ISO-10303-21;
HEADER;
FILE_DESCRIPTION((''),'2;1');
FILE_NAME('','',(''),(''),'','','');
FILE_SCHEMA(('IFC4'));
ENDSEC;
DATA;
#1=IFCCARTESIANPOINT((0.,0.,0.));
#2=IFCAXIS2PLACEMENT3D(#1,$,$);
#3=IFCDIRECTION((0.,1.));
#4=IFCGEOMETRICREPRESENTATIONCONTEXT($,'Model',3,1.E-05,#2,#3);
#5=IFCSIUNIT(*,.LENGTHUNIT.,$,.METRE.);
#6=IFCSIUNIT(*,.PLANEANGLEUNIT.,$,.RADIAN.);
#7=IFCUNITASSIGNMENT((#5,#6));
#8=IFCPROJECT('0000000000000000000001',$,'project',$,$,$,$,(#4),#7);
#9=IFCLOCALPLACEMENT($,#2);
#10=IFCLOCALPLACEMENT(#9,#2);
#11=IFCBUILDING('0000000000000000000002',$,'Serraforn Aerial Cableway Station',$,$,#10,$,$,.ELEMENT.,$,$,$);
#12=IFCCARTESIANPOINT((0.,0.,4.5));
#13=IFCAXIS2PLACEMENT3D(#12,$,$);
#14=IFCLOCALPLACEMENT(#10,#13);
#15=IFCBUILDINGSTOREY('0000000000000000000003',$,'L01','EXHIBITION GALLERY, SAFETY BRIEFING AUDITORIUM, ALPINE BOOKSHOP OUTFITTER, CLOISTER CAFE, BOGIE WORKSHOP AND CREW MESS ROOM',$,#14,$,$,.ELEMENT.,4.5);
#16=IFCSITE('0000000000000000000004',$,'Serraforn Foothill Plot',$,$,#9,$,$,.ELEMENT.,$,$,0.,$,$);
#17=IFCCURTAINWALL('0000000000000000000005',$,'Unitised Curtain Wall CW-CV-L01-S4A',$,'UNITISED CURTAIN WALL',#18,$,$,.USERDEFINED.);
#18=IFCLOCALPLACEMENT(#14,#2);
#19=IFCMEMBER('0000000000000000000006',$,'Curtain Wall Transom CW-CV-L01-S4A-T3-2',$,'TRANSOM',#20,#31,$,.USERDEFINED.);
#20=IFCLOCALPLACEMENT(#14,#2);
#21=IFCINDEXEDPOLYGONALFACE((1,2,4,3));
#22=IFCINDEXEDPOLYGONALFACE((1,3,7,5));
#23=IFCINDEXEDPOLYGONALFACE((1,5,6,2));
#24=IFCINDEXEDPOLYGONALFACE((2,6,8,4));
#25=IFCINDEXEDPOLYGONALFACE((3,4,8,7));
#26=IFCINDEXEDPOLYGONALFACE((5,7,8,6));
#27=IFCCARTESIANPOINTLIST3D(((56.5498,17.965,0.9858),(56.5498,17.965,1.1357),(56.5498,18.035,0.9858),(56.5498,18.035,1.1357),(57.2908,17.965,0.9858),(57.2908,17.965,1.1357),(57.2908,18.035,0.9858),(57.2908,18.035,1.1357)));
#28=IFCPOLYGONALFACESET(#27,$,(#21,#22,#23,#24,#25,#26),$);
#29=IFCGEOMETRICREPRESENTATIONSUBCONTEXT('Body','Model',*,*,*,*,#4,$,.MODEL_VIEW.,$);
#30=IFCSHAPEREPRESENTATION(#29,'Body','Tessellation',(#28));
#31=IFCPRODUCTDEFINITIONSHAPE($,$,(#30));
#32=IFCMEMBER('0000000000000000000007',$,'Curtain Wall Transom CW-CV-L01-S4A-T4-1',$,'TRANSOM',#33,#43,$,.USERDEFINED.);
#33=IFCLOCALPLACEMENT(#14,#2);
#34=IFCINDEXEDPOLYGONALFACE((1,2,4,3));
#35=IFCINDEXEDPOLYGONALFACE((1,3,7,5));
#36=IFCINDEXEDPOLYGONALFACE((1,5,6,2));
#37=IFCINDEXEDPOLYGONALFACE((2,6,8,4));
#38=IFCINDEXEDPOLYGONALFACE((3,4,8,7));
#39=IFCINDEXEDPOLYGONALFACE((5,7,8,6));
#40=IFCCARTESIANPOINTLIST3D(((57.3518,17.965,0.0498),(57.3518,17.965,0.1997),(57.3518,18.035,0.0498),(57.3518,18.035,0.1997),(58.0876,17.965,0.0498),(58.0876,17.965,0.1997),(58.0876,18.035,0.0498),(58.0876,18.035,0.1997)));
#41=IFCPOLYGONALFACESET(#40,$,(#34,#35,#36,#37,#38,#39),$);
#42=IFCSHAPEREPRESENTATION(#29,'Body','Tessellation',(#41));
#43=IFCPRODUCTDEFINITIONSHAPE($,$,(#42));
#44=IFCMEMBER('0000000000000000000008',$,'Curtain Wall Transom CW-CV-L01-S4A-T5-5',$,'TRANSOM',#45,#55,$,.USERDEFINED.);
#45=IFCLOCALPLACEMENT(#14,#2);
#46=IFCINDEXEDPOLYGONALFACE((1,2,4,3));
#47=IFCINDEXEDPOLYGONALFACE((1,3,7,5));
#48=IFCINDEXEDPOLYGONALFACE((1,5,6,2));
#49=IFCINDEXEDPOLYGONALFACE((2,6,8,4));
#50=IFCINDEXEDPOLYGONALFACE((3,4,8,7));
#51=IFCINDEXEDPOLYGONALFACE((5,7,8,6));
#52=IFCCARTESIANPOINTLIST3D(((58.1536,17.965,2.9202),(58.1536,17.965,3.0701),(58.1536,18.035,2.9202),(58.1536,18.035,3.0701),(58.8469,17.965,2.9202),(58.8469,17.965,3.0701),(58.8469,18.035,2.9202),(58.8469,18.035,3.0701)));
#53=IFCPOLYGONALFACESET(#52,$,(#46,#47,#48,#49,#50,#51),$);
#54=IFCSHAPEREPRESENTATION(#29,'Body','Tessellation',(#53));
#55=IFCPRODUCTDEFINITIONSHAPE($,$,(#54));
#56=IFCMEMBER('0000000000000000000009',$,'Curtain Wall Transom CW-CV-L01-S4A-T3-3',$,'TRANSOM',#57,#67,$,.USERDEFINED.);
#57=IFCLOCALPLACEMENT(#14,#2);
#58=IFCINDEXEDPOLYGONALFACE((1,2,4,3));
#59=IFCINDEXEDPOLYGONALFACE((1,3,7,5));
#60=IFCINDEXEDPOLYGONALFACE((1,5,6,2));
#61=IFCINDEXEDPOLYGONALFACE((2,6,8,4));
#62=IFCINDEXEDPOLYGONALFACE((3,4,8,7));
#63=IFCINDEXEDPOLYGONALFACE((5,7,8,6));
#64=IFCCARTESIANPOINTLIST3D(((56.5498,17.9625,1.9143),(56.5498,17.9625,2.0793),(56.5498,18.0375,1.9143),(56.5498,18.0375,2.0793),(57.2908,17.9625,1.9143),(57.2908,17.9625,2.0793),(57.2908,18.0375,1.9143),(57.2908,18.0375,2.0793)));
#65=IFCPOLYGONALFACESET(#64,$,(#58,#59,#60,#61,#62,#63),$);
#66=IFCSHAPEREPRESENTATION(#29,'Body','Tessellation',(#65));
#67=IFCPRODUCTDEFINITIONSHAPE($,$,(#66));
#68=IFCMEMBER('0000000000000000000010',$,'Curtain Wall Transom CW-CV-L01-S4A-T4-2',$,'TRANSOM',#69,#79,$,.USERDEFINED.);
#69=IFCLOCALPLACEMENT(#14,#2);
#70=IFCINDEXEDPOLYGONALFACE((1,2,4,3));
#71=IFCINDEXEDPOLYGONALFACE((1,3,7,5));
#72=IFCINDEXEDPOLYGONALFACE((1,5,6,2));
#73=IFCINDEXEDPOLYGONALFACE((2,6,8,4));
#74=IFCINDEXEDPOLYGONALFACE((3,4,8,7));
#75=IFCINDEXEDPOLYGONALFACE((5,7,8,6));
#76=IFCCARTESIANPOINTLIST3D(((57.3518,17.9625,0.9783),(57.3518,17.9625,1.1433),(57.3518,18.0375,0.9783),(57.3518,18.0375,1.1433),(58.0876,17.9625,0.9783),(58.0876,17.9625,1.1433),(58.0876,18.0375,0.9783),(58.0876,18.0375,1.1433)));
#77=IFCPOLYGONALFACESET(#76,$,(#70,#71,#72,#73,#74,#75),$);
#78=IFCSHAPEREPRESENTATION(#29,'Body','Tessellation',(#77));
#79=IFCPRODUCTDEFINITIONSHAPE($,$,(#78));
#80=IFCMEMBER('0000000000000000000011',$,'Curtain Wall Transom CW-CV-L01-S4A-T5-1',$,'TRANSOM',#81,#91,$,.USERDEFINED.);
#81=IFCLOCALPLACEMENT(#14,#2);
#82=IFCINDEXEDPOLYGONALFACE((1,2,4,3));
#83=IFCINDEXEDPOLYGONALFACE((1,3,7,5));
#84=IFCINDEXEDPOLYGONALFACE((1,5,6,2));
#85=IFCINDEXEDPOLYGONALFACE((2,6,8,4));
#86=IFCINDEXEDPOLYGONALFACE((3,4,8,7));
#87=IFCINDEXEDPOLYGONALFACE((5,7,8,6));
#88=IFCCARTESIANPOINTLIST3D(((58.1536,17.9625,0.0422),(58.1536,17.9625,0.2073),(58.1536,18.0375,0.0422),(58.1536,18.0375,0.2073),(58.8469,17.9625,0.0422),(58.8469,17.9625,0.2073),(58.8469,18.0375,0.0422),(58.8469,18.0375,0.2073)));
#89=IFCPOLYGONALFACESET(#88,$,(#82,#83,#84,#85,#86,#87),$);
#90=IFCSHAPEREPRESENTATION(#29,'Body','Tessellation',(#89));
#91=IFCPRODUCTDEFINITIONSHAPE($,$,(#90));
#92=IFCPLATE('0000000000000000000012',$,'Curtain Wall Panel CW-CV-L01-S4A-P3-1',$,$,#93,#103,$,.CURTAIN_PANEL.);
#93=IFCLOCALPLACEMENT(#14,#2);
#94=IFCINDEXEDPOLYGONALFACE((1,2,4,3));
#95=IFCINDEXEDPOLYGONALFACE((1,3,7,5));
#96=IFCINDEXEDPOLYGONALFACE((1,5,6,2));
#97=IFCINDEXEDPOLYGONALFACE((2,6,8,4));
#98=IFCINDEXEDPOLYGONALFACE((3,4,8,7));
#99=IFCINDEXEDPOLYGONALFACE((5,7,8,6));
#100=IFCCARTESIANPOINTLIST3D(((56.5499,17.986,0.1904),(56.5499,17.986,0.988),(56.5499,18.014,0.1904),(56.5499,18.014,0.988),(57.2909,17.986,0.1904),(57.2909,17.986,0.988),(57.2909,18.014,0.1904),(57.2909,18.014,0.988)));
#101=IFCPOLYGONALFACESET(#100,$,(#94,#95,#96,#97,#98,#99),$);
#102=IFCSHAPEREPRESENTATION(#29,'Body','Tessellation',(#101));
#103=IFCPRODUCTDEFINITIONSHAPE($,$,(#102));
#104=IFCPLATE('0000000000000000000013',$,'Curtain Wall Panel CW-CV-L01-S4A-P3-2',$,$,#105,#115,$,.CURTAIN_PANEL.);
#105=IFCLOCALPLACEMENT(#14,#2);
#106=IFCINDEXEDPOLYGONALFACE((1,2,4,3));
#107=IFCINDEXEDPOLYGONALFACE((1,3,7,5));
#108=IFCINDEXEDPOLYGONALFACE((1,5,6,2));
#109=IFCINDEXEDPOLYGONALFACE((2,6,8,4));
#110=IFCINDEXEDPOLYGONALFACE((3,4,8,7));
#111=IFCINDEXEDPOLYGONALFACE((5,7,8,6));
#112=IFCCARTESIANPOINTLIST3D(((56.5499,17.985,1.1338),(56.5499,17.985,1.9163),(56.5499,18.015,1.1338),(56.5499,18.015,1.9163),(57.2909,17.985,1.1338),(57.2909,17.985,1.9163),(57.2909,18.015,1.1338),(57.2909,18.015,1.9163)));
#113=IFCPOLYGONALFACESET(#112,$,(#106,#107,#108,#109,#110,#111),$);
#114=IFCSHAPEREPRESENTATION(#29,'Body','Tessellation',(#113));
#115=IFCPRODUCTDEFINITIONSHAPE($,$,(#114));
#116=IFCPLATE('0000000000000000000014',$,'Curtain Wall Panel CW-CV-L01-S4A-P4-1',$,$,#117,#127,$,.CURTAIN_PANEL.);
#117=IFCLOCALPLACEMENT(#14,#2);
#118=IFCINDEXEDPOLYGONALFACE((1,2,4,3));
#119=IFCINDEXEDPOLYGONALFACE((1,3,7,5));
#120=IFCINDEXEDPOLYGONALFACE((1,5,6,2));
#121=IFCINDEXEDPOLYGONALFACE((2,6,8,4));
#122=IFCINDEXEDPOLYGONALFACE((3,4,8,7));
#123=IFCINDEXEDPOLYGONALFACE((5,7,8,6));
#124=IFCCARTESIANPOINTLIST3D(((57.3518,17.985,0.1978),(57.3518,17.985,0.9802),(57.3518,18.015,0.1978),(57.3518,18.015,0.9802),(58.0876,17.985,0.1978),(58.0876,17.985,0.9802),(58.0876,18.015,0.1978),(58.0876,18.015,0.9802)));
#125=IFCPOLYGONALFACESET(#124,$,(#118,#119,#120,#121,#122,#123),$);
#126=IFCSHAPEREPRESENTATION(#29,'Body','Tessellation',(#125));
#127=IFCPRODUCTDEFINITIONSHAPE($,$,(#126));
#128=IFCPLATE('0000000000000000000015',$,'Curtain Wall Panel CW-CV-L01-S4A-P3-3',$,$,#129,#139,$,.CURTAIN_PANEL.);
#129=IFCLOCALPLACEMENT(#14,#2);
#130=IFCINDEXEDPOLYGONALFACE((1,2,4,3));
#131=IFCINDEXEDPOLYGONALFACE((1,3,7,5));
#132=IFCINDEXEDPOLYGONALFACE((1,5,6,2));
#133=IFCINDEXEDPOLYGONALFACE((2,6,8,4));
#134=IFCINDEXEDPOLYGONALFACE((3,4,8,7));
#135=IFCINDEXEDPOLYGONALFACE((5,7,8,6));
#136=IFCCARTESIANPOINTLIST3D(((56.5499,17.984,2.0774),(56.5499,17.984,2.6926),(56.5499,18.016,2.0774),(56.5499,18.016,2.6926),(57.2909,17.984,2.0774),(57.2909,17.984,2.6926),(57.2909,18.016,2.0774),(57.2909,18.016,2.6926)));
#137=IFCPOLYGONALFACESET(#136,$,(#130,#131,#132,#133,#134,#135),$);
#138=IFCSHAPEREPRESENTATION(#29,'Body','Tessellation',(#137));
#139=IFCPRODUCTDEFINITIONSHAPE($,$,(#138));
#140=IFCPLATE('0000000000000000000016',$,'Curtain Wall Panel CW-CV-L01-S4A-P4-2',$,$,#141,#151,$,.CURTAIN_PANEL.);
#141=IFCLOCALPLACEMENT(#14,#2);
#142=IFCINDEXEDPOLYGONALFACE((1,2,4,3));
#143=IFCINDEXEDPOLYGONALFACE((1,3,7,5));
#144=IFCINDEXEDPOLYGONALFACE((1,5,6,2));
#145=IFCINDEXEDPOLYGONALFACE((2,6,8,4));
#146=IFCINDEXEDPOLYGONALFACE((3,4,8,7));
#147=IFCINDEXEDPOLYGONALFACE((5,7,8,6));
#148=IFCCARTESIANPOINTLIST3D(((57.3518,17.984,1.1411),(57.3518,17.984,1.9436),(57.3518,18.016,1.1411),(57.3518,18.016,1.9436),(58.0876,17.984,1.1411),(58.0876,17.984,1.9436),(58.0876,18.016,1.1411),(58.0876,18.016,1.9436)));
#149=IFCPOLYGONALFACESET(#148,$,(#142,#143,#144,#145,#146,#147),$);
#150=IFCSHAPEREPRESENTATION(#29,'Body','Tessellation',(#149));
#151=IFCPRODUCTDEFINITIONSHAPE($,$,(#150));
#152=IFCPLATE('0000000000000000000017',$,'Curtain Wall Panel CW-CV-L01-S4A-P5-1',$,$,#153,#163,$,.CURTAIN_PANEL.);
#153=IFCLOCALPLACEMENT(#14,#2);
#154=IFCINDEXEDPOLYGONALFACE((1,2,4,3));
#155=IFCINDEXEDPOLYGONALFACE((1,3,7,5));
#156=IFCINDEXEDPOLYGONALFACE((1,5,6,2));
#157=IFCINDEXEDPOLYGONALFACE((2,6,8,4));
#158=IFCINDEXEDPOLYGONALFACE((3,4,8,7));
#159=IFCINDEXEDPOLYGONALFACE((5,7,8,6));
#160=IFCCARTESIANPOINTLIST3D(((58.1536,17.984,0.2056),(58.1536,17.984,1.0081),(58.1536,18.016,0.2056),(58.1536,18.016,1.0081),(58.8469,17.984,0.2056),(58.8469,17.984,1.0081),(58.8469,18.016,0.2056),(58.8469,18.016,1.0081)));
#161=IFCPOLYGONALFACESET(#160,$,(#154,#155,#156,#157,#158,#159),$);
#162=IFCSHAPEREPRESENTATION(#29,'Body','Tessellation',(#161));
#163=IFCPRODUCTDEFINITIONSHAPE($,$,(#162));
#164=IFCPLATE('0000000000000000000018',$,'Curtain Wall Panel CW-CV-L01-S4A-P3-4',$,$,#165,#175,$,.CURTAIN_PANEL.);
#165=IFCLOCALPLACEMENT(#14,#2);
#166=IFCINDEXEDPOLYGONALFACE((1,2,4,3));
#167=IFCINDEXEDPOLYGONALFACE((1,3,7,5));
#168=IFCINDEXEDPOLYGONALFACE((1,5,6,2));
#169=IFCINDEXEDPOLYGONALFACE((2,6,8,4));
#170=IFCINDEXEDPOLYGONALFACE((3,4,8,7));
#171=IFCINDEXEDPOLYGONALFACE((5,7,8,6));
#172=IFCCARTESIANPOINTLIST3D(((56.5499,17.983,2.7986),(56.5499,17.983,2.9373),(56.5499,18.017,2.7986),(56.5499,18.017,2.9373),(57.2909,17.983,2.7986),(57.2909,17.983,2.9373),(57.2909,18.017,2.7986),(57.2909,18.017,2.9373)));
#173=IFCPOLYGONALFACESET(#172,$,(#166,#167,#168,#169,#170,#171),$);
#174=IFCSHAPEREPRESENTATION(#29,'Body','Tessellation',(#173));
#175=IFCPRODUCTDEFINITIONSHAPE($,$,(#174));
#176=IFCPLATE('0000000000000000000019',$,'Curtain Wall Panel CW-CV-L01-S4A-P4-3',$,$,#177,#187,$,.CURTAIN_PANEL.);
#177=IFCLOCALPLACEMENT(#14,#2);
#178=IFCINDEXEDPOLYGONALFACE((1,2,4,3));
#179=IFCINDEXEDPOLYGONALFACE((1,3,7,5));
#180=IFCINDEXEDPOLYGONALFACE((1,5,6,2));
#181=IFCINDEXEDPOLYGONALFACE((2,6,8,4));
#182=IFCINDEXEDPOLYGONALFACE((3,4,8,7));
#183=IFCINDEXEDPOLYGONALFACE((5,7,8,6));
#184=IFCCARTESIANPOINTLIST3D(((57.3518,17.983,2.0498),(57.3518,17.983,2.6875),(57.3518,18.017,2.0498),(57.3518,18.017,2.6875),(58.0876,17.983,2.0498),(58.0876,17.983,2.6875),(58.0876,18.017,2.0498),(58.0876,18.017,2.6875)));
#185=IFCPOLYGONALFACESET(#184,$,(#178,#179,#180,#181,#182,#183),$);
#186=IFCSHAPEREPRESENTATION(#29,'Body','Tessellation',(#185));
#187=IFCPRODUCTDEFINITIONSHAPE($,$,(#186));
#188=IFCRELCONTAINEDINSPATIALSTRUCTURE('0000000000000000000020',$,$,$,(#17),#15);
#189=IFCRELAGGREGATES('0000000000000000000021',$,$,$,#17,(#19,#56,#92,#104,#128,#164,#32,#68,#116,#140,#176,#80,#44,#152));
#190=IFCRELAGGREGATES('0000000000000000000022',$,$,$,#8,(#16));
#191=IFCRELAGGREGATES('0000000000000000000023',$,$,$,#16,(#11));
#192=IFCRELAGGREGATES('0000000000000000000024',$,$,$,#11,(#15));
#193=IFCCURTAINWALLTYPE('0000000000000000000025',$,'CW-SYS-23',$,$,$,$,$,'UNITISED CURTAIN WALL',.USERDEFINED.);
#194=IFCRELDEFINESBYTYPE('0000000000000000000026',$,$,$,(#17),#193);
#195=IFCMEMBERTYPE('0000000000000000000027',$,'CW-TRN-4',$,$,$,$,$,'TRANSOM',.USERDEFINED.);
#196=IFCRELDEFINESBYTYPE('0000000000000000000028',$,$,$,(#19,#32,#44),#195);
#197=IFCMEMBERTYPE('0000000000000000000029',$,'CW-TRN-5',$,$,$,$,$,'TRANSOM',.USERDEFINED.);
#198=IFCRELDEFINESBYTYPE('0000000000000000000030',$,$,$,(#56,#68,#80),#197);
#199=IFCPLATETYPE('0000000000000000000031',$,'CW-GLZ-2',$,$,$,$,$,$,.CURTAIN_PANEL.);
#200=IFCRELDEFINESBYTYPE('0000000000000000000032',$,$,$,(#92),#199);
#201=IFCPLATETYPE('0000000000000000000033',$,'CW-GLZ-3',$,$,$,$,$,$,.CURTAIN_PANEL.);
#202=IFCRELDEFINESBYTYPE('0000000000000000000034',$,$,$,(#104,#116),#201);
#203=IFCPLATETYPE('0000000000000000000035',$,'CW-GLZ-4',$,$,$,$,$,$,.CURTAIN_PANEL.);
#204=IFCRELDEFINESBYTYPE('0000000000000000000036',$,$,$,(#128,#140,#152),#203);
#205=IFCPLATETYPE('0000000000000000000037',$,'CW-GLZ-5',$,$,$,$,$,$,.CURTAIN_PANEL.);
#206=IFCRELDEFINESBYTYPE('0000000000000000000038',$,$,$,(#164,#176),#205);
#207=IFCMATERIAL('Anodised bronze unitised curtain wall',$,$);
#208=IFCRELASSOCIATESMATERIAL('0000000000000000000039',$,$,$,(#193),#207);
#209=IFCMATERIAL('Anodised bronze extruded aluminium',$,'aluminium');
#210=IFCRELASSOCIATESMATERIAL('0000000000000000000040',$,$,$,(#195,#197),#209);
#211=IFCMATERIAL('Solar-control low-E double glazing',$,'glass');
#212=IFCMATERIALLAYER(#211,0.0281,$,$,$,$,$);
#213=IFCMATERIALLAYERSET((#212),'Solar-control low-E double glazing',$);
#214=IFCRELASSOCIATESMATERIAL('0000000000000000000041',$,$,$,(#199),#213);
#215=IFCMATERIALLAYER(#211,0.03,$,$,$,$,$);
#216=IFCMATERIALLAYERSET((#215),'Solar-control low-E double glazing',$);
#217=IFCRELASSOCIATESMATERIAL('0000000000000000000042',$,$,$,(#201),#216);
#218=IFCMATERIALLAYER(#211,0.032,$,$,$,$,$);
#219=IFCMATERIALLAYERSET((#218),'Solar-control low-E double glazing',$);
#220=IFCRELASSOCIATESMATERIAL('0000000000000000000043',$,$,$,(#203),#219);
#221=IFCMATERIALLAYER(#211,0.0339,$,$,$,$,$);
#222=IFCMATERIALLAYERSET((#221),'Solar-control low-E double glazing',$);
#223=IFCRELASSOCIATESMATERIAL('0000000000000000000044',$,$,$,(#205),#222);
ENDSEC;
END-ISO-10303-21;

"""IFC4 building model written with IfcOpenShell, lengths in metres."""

from ifc_helpers import new_model, si_unit, direction, frame, origin, origin_2d, place, context, subcontext, project, spatial, rectangle, extrude, material, layer, layer_set, material_profile, profile_set, type_object, element, aggregate, save


model = new_model("IFC4")

# Units and contexts
model_context = context("Model", 3, precision=1e-05, world=origin(), true_north=direction((0.0, 1.0)))
body_context = subcontext(model_context, "Body", "Model", "MODEL_VIEW")
ifc_project = project(units=[si_unit("LENGTHUNIT", "METRE"), si_unit("PLANEANGLEUNIT", "RADIAN")], contexts=[model_context])

# Site, building, storey
site_placement = place(None, origin())
site = spatial("IfcSite", under=ifc_project, at=site_placement, Name="Serraforn Foothill Plot", CompositionType="ELEMENT", RefElevation=0.0)
building_placement = place(site_placement, origin())
building = spatial("IfcBuilding", under=site, at=building_placement, Name="Serraforn Aerial Cableway Station", CompositionType="ELEMENT")
storey_placement = place(building_placement, frame((0.0, 0.0, 4.5)))
storey = spatial("IfcBuildingStorey", under=building, at=storey_placement, Name="L01", Description="EXHIBITION GALLERY, SAFETY BRIEFING AUDITORIUM, ALPINE BOOKSHOP OUTFITTER, CLOISTER CAFE, BOGIE WORKSHOP AND CREW MESS ROOM", CompositionType="ELEMENT", Elevation=4.5)

# Shared definitions
ifc_material_1 = material(Name="Anodised bronze unitised curtain wall")
ifc_material_2 = material(Name="Anodised bronze extruded aluminium", Category="aluminium")

# Curtain wall, members, plates
curtain_wall_type_1 = type_object("IfcCurtainWallType", Name="CW-SYS-23", ElementType="UNITISED CURTAIN WALL", PredefinedType="USERDEFINED", material=ifc_material_1)
curtain_wall_1_placement = place(storey_placement, origin())
curtain_wall_1 = element("IfcCurtainWall", 1, at=curtain_wall_1_placement, inside=storey, type_object=curtain_wall_type_1, Name="Unitised Curtain Wall CW-CV-L01-S4A", ObjectType="UNITISED CURTAIN WALL", PredefinedType="USERDEFINED")
ifc_material_profile_1 = material_profile(ifc_material_2, rectangle(XDim=0.0701, YDim=0.1499, at=origin_2d()), Name="CW TRANSOM 70x150")
ifc_profile_set_1 = profile_set([ifc_material_profile_1], Name="Anodised bronze extruded aluminium")
member_type_1 = type_object("IfcMemberType", Name="CW-TRN-4", ElementType="TRANSOM", PredefinedType="USERDEFINED", material=ifc_profile_set_1)
member_1_placement = place(storey_placement, frame((56.5498, 18.0, 1.0608), z_axis=(1.0, 0.0, 0.0), x_axis=(0.0, 1.0, 0.0)))
member_1 = element("IfcMember", 2, at=member_1_placement, type_object=member_type_1, Name="Curtain Wall Transom CW-CV-L01-S4A-T3-2", ObjectType="TRANSOM", PredefinedType="USERDEFINED", context=body_context, shape_type="SweptSolid", body=[
    extrude(rectangle(XDim=0.0701, YDim=0.1499, at=origin_2d()), origin(), (0.0, 0.0, 1.0), 0.741),
])
member_2_placement = place(storey_placement, frame((57.3518, 18.0, 0.1248), z_axis=(1.0, 0.0, 0.0), x_axis=(0.0, 1.0, 0.0)))
member_2 = element("IfcMember", 3, at=member_2_placement, type_object=member_type_1, Name="Curtain Wall Transom CW-CV-L01-S4A-T4-1", ObjectType="TRANSOM", PredefinedType="USERDEFINED", context=body_context, shape_type="SweptSolid", body=[
    extrude(rectangle(XDim=0.0701, YDim=0.1499, at=origin_2d()), origin(), (0.0, 0.0, 1.0), 0.7358),
])
member_3_placement = place(storey_placement, frame((58.1536, 18.0, 2.9951), z_axis=(1.0, 0.0, 0.0), x_axis=(0.0, 1.0, 0.0)))
member_3 = element("IfcMember", 4, at=member_3_placement, type_object=member_type_1, Name="Curtain Wall Transom CW-CV-L01-S4A-T5-5", ObjectType="TRANSOM", PredefinedType="USERDEFINED", context=body_context, shape_type="SweptSolid", body=[
    extrude(rectangle(XDim=0.0701, YDim=0.1499, at=origin_2d()), origin(), (0.0, 0.0, 1.0), 0.6934),
])
ifc_material_profile_2 = material_profile(ifc_material_2, rectangle(XDim=0.075, YDim=0.165, at=origin_2d()), Name="CW TRANSOM 75x165")
ifc_profile_set_2 = profile_set([ifc_material_profile_2], Name="Anodised bronze extruded aluminium")
member_type_2 = type_object("IfcMemberType", Name="CW-TRN-5", ElementType="TRANSOM", PredefinedType="USERDEFINED", material=ifc_profile_set_2)
member_4_placement = place(storey_placement, frame((56.5498, 18.0, 1.9968), z_axis=(1.0, 0.0, 0.0), x_axis=(0.0, 1.0, 0.0)))
member_4 = element("IfcMember", 5, at=member_4_placement, type_object=member_type_2, Name="Curtain Wall Transom CW-CV-L01-S4A-T3-3", ObjectType="TRANSOM", PredefinedType="USERDEFINED", context=body_context, shape_type="SweptSolid", body=[
    extrude(rectangle(XDim=0.075, YDim=0.165, at=origin_2d()), origin(), (0.0, 0.0, 1.0), 0.741),
])
member_5_placement = place(storey_placement, frame((57.3518, 18.0, 1.0608), z_axis=(1.0, 0.0, 0.0), x_axis=(0.0, 1.0, 0.0)))
member_5 = element("IfcMember", 6, at=member_5_placement, type_object=member_type_2, Name="Curtain Wall Transom CW-CV-L01-S4A-T4-2", ObjectType="TRANSOM", PredefinedType="USERDEFINED", context=body_context, shape_type="SweptSolid", body=[
    extrude(rectangle(XDim=0.075, YDim=0.165, at=origin_2d()), origin(), (0.0, 0.0, 1.0), 0.7358),
])
member_6_placement = place(storey_placement, frame((58.1536, 18.0, 0.1248), z_axis=(1.0, 0.0, 0.0), x_axis=(0.0, 1.0, 0.0)))
member_6 = element("IfcMember", 7, at=member_6_placement, type_object=member_type_2, Name="Curtain Wall Transom CW-CV-L01-S4A-T5-1", ObjectType="TRANSOM", PredefinedType="USERDEFINED", context=body_context, shape_type="SweptSolid", body=[
    extrude(rectangle(XDim=0.075, YDim=0.165, at=origin_2d()), origin(), (0.0, 0.0, 1.0), 0.6934),
])
ifc_material_3 = material(Name="Solar-control low-E double glazing", Category="glass")
ifc_layer_1 = layer(ifc_material_3, 0.0281)
ifc_layer_set_1 = layer_set([ifc_layer_1], Name="Solar-control low-E double glazing")
plate_type_1 = type_object("IfcPlateType", Name="CW-GLZ-2", PredefinedType="CURTAIN_PANEL", material=ifc_layer_set_1)
plate_1_placement = place(storey_placement, frame((56.9204, 18.0, 0.1904), z_axis=(0.0, 0.0, 1.0), x_axis=(1.0, 0.0, 0.0)))
plate_1 = element("IfcPlate", 8, at=plate_1_placement, type_object=plate_type_1, Name="Curtain Wall Panel CW-CV-L01-S4A-P3-1", PredefinedType="CURTAIN_PANEL", context=body_context, shape_type="SweptSolid", body=[
    extrude(rectangle(XDim=0.741, YDim=0.0281, at=origin_2d()), origin(), (0.0, 0.0, 1.0), 0.7976),
])
ifc_layer_2 = layer(ifc_material_3, 0.03)
ifc_layer_set_2 = layer_set([ifc_layer_2], Name="Solar-control low-E double glazing")
plate_type_2 = type_object("IfcPlateType", Name="CW-GLZ-3", PredefinedType="CURTAIN_PANEL", material=ifc_layer_set_2)
plate_2_placement = place(storey_placement, frame((56.9204, 18.0, 1.1338), z_axis=(0.0, 0.0, 1.0), x_axis=(1.0, 0.0, 0.0)))
plate_2 = element("IfcPlate", 9, at=plate_2_placement, type_object=plate_type_2, Name="Curtain Wall Panel CW-CV-L01-S4A-P3-2", PredefinedType="CURTAIN_PANEL", context=body_context, shape_type="SweptSolid", body=[
    extrude(rectangle(XDim=0.741, YDim=0.03, at=origin_2d()), origin(), (0.0, 0.0, 1.0), 0.7825),
])
plate_3_placement = place(storey_placement, frame((57.7197, 18.0, 0.1978), z_axis=(0.0, 0.0, 1.0), x_axis=(1.0, 0.0, 0.0)))
plate_3 = element("IfcPlate", 10, at=plate_3_placement, type_object=plate_type_2, Name="Curtain Wall Panel CW-CV-L01-S4A-P4-1", PredefinedType="CURTAIN_PANEL", context=body_context, shape_type="SweptSolid", body=[
    extrude(rectangle(XDim=0.7358, YDim=0.03, at=origin_2d()), origin(), (0.0, 0.0, 1.0), 0.7825),
])
ifc_layer_3 = layer(ifc_material_3, 0.032)
ifc_layer_set_3 = layer_set([ifc_layer_3], Name="Solar-control low-E double glazing")
plate_type_3 = type_object("IfcPlateType", Name="CW-GLZ-4", PredefinedType="CURTAIN_PANEL", material=ifc_layer_set_3)
plate_4_placement = place(storey_placement, frame((56.9204, 18.0, 2.0774), z_axis=(0.0, 0.0, 1.0), x_axis=(1.0, 0.0, 0.0)))
plate_4 = element("IfcPlate", 11, at=plate_4_placement, type_object=plate_type_3, Name="Curtain Wall Panel CW-CV-L01-S4A-P3-3", PredefinedType="CURTAIN_PANEL", context=body_context, shape_type="SweptSolid", body=[
    extrude(rectangle(XDim=0.741, YDim=0.032, at=origin_2d()), origin(), (0.0, 0.0, 1.0), 0.6152),
])
plate_5_placement = place(storey_placement, frame((57.7197, 18.0, 1.1411), z_axis=(0.0, 0.0, 1.0), x_axis=(1.0, 0.0, 0.0)))
plate_5 = element("IfcPlate", 12, at=plate_5_placement, type_object=plate_type_3, Name="Curtain Wall Panel CW-CV-L01-S4A-P4-2", PredefinedType="CURTAIN_PANEL", context=body_context, shape_type="SweptSolid", body=[
    extrude(rectangle(XDim=0.7358, YDim=0.032, at=origin_2d()), origin(), (0.0, 0.0, 1.0), 0.8025),
])
plate_6_placement = place(storey_placement, frame((58.5002, 18.0, 0.2056), z_axis=(0.0, 0.0, 1.0), x_axis=(1.0, 0.0, 0.0)))
plate_6 = element("IfcPlate", 13, at=plate_6_placement, type_object=plate_type_3, Name="Curtain Wall Panel CW-CV-L01-S4A-P5-1", PredefinedType="CURTAIN_PANEL", context=body_context, shape_type="SweptSolid", body=[
    extrude(rectangle(XDim=0.6934, YDim=0.032, at=origin_2d()), origin(), (0.0, 0.0, 1.0), 0.8025),
])
ifc_layer_4 = layer(ifc_material_3, 0.0339)
ifc_layer_set_4 = layer_set([ifc_layer_4], Name="Solar-control low-E double glazing")
plate_type_4 = type_object("IfcPlateType", Name="CW-GLZ-5", PredefinedType="CURTAIN_PANEL", material=ifc_layer_set_4)
plate_7_placement = place(storey_placement, frame((56.9204, 18.0, 2.7986), z_axis=(0.0, 0.0, 1.0), x_axis=(1.0, 0.0, 0.0)))
plate_7 = element("IfcPlate", 14, at=plate_7_placement, type_object=plate_type_4, Name="Curtain Wall Panel CW-CV-L01-S4A-P3-4", PredefinedType="CURTAIN_PANEL", context=body_context, shape_type="SweptSolid", body=[
    extrude(rectangle(XDim=0.741, YDim=0.0339, at=origin_2d()), origin(), (0.0, 0.0, 1.0), 0.1387),
])
plate_8_placement = place(storey_placement, frame((57.7197, 18.0, 2.0498), z_axis=(0.0, 0.0, 1.0), x_axis=(1.0, 0.0, 0.0)))
plate_8 = element("IfcPlate", 15, at=plate_8_placement, type_object=plate_type_4, Name="Curtain Wall Panel CW-CV-L01-S4A-P4-3", PredefinedType="CURTAIN_PANEL", context=body_context, shape_type="SweptSolid", body=[
    extrude(rectangle(XDim=0.7358, YDim=0.0339, at=origin_2d()), origin(), (0.0, 0.0, 1.0), 0.6377),
])
aggregate(curtain_wall_1, [member_1, member_4, plate_1, plate_2, plate_4, plate_7, member_2, member_5, plate_3, plate_5, plate_8, member_6, member_3, plate_6])

save(model, "model.ifc")
